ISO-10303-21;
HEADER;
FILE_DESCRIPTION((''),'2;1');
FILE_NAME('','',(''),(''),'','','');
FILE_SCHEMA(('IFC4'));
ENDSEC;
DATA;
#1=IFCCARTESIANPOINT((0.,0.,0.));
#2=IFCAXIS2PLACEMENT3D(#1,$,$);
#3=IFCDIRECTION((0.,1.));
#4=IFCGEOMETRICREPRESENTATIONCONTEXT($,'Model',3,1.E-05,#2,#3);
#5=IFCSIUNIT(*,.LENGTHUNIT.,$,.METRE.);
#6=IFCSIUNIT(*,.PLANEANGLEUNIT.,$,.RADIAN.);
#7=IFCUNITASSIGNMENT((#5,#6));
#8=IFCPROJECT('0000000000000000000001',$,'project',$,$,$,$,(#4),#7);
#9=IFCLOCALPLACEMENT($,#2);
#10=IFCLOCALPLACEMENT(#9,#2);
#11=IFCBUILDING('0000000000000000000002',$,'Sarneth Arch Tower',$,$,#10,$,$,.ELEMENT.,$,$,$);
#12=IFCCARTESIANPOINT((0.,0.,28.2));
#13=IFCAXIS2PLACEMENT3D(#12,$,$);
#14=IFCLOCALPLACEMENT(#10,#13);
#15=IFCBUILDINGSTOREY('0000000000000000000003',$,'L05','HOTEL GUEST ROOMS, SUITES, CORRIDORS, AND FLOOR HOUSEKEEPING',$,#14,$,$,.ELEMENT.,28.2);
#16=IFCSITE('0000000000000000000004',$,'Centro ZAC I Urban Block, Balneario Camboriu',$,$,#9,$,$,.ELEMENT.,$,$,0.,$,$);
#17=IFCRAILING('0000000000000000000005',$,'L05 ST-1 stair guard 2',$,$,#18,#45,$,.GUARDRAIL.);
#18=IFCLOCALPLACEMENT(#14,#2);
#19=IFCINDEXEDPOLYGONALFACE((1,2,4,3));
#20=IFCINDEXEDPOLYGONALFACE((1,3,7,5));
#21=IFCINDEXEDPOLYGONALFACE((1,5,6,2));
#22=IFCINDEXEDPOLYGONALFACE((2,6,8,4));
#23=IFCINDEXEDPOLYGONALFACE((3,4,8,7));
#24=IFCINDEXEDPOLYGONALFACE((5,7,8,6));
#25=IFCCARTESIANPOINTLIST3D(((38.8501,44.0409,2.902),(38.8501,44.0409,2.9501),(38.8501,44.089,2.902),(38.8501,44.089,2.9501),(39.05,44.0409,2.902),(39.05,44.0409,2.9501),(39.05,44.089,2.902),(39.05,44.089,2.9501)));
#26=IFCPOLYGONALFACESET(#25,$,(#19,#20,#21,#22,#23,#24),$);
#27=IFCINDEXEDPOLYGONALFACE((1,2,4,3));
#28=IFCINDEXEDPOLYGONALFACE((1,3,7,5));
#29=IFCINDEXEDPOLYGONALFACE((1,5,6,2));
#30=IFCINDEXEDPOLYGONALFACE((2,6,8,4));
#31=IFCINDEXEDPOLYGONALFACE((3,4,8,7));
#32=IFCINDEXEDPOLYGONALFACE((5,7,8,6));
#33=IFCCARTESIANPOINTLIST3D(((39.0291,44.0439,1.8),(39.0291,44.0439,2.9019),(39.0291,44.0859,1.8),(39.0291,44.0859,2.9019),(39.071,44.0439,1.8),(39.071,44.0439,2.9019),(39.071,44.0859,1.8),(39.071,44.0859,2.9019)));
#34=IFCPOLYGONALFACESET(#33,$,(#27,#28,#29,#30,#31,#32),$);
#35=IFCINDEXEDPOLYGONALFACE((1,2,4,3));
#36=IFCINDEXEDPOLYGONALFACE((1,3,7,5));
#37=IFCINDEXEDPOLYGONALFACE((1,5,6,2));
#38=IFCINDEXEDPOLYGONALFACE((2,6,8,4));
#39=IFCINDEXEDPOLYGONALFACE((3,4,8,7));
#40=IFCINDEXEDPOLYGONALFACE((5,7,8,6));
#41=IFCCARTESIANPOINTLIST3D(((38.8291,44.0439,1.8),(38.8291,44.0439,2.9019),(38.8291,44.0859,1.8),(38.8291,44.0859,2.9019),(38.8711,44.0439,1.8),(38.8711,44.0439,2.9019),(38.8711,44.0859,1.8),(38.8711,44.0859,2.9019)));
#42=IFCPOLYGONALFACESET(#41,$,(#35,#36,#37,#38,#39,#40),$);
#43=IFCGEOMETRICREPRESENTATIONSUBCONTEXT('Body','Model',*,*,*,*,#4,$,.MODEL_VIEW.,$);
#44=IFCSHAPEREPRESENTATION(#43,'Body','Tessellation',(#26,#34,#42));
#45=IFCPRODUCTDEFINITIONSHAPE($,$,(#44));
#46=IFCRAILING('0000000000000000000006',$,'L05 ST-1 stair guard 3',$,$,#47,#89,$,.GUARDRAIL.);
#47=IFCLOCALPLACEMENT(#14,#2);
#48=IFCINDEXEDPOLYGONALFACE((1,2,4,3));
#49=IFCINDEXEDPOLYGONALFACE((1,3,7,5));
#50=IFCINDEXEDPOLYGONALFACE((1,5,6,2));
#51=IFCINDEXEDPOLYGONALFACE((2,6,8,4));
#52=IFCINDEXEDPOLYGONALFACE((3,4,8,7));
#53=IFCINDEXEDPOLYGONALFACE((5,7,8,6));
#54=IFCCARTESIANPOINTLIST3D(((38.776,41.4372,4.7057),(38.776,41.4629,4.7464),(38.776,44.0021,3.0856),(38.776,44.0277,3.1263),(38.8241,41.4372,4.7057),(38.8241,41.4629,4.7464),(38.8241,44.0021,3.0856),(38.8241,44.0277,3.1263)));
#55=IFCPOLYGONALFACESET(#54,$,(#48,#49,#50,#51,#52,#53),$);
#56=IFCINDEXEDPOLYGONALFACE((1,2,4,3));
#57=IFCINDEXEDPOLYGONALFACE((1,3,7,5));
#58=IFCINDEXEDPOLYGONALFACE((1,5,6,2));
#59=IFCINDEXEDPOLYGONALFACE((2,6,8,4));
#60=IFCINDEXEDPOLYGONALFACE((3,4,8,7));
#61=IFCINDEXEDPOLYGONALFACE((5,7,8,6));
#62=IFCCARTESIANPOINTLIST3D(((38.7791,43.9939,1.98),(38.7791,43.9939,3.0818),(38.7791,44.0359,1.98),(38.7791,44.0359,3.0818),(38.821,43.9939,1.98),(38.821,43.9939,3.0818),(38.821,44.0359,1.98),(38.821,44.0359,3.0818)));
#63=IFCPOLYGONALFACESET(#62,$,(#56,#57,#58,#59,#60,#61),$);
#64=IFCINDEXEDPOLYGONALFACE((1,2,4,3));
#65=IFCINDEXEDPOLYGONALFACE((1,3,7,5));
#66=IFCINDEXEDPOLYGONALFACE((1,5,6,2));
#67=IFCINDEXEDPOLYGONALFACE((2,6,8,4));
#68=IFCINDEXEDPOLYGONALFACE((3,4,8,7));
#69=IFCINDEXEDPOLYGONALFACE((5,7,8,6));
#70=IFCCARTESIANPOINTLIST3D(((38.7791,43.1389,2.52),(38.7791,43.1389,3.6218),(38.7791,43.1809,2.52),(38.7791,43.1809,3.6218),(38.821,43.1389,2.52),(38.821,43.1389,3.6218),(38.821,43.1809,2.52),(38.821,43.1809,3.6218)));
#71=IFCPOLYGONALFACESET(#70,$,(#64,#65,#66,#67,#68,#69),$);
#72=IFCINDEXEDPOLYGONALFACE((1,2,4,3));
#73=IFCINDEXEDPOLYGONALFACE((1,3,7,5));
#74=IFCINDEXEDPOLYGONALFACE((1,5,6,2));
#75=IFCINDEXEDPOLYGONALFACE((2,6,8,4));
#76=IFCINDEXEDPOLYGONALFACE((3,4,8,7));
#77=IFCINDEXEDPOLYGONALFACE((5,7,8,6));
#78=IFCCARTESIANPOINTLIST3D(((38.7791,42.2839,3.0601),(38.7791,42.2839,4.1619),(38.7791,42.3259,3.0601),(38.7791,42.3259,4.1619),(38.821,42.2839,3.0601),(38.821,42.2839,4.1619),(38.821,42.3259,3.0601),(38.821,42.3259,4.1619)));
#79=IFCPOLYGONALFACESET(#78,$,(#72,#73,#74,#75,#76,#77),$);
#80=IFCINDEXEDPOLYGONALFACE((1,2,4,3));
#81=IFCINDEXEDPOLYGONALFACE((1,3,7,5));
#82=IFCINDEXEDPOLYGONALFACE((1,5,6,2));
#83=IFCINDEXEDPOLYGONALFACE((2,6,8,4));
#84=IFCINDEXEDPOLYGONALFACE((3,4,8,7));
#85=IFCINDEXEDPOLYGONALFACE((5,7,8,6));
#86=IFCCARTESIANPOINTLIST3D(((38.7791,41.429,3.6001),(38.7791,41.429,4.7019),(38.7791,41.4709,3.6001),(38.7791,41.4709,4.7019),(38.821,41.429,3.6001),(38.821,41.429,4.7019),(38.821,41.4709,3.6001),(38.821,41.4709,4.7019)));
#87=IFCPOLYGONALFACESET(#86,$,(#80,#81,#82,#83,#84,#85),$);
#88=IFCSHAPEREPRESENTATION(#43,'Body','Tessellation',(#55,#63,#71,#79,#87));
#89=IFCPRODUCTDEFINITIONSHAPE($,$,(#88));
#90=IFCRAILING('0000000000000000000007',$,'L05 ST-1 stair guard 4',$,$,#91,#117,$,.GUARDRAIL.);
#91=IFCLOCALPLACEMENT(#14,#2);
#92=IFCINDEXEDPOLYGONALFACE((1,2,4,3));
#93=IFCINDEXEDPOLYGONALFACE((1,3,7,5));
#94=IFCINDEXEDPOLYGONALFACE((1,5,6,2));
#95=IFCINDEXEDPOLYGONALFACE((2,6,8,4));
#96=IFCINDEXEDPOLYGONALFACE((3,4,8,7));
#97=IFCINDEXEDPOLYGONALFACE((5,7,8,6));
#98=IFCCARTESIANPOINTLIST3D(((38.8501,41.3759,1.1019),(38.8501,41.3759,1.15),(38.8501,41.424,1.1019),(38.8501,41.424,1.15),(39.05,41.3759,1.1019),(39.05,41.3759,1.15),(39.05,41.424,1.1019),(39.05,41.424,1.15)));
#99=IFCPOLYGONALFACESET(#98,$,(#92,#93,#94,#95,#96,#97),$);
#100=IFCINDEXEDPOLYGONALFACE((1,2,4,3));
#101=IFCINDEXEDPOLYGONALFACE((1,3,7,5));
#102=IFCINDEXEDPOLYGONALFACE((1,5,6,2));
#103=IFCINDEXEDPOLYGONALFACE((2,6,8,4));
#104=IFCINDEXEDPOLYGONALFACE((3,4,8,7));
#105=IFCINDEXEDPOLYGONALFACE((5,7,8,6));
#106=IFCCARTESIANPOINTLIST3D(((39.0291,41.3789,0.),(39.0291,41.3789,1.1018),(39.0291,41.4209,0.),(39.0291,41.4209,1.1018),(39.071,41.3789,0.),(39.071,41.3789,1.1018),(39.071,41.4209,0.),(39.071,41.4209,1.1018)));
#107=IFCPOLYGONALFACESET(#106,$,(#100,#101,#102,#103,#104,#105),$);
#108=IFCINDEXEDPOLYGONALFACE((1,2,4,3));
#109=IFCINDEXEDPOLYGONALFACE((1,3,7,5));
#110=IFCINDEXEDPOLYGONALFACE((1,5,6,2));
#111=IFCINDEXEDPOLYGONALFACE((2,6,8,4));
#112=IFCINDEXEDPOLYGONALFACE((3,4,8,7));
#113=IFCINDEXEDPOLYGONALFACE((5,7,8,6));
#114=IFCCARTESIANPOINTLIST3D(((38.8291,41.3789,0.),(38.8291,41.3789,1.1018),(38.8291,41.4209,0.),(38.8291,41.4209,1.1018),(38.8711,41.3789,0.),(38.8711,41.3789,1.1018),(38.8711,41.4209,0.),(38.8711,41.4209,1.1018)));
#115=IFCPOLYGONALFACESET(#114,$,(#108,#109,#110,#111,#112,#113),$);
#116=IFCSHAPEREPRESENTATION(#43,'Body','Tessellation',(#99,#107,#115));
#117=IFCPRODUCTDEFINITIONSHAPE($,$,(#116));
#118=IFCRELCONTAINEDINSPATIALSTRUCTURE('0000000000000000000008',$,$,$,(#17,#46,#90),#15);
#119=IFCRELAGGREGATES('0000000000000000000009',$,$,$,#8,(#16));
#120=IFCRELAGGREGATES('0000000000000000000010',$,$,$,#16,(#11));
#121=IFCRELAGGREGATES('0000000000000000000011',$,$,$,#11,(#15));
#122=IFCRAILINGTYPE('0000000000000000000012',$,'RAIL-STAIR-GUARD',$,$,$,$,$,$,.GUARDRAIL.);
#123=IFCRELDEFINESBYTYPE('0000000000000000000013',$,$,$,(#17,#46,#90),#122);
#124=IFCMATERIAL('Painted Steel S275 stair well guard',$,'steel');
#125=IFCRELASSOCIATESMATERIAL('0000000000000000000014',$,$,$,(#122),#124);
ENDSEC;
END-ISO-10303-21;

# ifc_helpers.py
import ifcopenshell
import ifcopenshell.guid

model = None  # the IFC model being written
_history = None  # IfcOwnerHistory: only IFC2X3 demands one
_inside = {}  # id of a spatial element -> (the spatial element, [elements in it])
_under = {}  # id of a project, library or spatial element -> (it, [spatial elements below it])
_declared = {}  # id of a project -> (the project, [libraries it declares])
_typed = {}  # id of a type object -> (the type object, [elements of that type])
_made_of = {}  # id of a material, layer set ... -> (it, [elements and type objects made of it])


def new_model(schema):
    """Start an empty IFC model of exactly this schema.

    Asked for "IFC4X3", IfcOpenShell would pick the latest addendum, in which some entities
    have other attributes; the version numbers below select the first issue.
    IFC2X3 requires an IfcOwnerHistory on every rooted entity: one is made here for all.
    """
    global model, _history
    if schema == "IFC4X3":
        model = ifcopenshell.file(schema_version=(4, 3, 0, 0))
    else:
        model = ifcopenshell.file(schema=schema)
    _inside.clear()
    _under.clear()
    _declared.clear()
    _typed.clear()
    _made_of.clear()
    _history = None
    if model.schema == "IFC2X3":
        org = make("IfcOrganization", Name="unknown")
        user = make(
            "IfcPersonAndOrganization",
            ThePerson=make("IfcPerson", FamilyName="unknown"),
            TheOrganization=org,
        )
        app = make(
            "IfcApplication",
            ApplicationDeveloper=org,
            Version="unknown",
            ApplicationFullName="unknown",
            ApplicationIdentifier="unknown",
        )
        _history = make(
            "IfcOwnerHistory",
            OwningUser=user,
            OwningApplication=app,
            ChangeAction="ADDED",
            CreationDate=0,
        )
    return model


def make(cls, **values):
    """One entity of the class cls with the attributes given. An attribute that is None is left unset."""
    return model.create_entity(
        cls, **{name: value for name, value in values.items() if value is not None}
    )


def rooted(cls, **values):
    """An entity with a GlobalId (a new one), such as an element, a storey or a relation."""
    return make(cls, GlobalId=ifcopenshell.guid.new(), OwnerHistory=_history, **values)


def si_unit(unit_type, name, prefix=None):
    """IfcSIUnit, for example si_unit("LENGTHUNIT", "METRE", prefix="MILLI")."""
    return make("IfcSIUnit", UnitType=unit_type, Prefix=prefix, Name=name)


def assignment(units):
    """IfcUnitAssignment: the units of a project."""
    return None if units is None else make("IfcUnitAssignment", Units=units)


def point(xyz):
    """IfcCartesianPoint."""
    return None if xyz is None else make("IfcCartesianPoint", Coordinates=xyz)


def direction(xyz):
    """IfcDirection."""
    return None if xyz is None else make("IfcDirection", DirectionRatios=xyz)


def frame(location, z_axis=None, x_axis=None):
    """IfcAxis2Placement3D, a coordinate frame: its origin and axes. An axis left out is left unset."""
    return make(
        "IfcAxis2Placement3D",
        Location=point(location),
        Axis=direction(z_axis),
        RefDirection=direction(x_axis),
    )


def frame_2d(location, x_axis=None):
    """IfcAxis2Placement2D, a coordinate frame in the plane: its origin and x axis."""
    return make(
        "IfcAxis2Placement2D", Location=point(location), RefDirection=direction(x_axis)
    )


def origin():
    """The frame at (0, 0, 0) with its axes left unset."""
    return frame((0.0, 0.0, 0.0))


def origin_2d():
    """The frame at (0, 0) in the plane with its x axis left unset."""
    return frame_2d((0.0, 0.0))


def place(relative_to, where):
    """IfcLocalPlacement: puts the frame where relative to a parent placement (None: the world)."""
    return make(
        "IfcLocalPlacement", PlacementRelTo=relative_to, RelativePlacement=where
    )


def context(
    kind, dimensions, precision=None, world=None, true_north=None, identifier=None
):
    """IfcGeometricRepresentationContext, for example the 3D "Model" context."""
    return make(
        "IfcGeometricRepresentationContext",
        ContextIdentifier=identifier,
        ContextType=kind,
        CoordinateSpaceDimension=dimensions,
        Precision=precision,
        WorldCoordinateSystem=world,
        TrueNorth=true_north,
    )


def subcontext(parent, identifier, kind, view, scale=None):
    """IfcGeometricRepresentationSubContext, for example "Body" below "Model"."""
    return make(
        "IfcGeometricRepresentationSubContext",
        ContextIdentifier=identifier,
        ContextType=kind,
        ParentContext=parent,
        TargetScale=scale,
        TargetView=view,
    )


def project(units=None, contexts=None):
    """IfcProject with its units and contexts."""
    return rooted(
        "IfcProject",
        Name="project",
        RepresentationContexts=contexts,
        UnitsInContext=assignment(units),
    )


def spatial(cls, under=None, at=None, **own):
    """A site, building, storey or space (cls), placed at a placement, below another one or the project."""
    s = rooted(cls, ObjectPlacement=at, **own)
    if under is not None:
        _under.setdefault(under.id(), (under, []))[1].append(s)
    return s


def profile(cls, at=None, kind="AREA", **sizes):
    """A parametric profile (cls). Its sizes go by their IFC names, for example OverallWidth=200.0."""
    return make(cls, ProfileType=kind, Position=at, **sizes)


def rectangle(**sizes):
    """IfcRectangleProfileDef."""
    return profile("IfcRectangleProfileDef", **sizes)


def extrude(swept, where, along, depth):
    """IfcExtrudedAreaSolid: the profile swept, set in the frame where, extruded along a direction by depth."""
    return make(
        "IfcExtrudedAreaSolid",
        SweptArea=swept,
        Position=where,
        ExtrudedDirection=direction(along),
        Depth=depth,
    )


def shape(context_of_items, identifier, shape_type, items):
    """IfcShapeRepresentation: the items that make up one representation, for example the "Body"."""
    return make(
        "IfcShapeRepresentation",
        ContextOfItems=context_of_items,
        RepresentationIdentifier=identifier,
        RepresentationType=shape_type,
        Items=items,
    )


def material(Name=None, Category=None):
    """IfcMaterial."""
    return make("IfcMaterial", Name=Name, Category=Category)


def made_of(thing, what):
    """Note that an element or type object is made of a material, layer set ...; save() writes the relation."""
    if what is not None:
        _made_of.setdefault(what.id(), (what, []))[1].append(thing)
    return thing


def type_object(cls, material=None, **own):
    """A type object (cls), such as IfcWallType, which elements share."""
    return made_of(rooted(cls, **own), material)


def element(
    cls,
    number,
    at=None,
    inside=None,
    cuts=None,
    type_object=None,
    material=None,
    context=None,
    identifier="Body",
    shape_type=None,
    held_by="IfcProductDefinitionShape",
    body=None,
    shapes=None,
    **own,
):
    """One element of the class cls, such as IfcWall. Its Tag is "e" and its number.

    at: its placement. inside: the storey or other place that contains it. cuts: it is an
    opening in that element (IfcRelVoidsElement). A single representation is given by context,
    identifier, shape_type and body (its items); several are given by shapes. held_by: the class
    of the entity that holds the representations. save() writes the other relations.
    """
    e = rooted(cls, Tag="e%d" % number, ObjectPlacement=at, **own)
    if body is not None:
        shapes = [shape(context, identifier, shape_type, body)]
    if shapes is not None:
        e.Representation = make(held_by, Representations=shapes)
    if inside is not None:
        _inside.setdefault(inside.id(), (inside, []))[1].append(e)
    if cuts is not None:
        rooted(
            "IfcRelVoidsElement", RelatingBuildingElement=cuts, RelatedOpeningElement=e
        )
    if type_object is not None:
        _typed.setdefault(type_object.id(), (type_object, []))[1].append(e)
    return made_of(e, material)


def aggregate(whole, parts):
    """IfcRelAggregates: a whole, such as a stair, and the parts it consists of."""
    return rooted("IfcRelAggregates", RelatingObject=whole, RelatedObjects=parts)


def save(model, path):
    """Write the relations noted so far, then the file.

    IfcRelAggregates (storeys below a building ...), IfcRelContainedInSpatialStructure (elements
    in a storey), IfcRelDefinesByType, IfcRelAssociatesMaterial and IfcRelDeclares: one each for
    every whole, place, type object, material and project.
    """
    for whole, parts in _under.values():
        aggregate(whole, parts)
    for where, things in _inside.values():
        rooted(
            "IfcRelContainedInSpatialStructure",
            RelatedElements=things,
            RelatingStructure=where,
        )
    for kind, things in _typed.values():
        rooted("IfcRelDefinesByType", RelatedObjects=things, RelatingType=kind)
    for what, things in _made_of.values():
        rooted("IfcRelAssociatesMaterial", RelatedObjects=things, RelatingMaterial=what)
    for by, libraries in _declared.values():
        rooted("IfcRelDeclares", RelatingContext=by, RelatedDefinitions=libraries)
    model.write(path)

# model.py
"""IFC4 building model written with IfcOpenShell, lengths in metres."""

from ifc_helpers import new_model, si_unit, direction, frame, origin, origin_2d, place, context, subcontext, project, spatial, rectangle, extrude, material, type_object, element, save


model = new_model("IFC4")

# Units and contexts
model_context = context("Model", 3, precision=1e-05, world=origin(), true_north=direction((0.0, 1.0)))
body_context = subcontext(model_context, "Body", "Model", "MODEL_VIEW")
ifc_project = project(units=[si_unit("LENGTHUNIT", "METRE"), si_unit("PLANEANGLEUNIT", "RADIAN")], contexts=[model_context])

# Site, building, storey
site_placement = place(None, origin())
site = spatial("IfcSite", under=ifc_project, at=site_placement, Name="Centro ZAC I Urban Block, Balneario Camboriu", CompositionType="ELEMENT", RefElevation=0.0)
building_placement = place(site_placement, origin())
building = spatial("IfcBuilding", under=site, at=building_placement, Name="Sarneth Arch Tower", CompositionType="ELEMENT")
storey_placement = place(building_placement, frame((0.0, 0.0, 28.2)))
storey = spatial("IfcBuildingStorey", under=building, at=storey_placement, Name="L05", Description="HOTEL GUEST ROOMS, SUITES, CORRIDORS, AND FLOOR HOUSEKEEPING", CompositionType="ELEMENT", Elevation=28.2)

# Railings
ifc_material_1 = material(Name="Painted Steel S275 stair well guard", Category="steel")
railing_type_1 = type_object("IfcRailingType", Name="RAIL-STAIR-GUARD", PredefinedType="GUARDRAIL", material=ifc_material_1)
railing_1_placement = place(storey_placement, frame((39.05, 44.0649, 1.8)))
element("IfcRailing", 1, at=railing_1_placement, inside=storey, type_object=railing_type_1, Name="L05 ST-1 stair guard 2", PredefinedType="GUARDRAIL", context=body_context, shape_type="SweptSolid", body=[
    extrude(rectangle(XDim=0.0481, YDim=0.0481, at=origin_2d()), frame((0.0, 0.0, 1.126), z_axis=(-1.0, 0.0, 0.0), x_axis=(0.0, -1.0, 0.0)), (0.0, 0.0, 1.0), 0.2),
    extrude(rectangle(XDim=0.042, YDim=0.042, at=origin_2d()), origin(), (0.0, 0.0, 1.0), 1.1018),
    extrude(rectangle(XDim=0.042, YDim=0.042, at=origin_2d()), frame((-0.2, 0.0, 0.0)), (0.0, 0.0, 1.0), 1.1018),
])
railing_2_placement = place(storey_placement, frame((38.8, 44.0149, 1.98)))
element("IfcRailing", 2, at=railing_2_placement, inside=storey, type_object=railing_type_1, Name="L05 ST-1 stair guard 3", PredefinedType="GUARDRAIL", context=body_context, shape_type="SweptSolid", body=[
    extrude(rectangle(XDim=0.0481, YDim=0.0481, at=origin_2d()), frame((0.0, 0.0, 1.126), z_axis=(0.0, -0.845466, 0.534029), x_axis=(1.0, 0.0, 0.0)), (0.0, 0.0, 1.0), 3.0337),
    extrude(rectangle(XDim=0.042, YDim=0.042, at=origin_2d()), origin(), (0.0, 0.0, 1.0), 1.1018),
    extrude(rectangle(XDim=0.042, YDim=0.042, at=origin_2d()), frame((0.0, -0.855, 0.54)), (0.0, 0.0, 1.0), 1.1018),
    extrude(rectangle(XDim=0.042, YDim=0.042, at=origin_2d()), frame((0.0, -1.71, 1.0801)), (0.0, 0.0, 1.0), 1.1018),
    extrude(rectangle(XDim=0.042, YDim=0.042, at=origin_2d()), frame((0.0, -2.5649, 1.6201)), (0.0, 0.0, 1.0), 1.1018),
])
railing_3_placement = place(storey_placement, frame((39.05, 41.3999, 0.0)))
element("IfcRailing", 3, at=railing_3_placement, inside=storey, type_object=railing_type_1, Name="L05 ST-1 stair guard 4", PredefinedType="GUARDRAIL", context=body_context, shape_type="SweptSolid", body=[
    extrude(rectangle(XDim=0.0481, YDim=0.0481, at=origin_2d()), frame((0.0, 0.0, 1.126), z_axis=(-1.0, 0.0, 0.0), x_axis=(0.0, -1.0, 0.0)), (0.0, 0.0, 1.0), 0.2),
    extrude(rectangle(XDim=0.042, YDim=0.042, at=origin_2d()), origin(), (0.0, 0.0, 1.0), 1.1018),
    extrude(rectangle(XDim=0.042, YDim=0.042, at=origin_2d()), frame((-0.2, 0.0, 0.0)), (0.0, 0.0, 1.0), 1.1018),
])

save(model, "model.ifc")
